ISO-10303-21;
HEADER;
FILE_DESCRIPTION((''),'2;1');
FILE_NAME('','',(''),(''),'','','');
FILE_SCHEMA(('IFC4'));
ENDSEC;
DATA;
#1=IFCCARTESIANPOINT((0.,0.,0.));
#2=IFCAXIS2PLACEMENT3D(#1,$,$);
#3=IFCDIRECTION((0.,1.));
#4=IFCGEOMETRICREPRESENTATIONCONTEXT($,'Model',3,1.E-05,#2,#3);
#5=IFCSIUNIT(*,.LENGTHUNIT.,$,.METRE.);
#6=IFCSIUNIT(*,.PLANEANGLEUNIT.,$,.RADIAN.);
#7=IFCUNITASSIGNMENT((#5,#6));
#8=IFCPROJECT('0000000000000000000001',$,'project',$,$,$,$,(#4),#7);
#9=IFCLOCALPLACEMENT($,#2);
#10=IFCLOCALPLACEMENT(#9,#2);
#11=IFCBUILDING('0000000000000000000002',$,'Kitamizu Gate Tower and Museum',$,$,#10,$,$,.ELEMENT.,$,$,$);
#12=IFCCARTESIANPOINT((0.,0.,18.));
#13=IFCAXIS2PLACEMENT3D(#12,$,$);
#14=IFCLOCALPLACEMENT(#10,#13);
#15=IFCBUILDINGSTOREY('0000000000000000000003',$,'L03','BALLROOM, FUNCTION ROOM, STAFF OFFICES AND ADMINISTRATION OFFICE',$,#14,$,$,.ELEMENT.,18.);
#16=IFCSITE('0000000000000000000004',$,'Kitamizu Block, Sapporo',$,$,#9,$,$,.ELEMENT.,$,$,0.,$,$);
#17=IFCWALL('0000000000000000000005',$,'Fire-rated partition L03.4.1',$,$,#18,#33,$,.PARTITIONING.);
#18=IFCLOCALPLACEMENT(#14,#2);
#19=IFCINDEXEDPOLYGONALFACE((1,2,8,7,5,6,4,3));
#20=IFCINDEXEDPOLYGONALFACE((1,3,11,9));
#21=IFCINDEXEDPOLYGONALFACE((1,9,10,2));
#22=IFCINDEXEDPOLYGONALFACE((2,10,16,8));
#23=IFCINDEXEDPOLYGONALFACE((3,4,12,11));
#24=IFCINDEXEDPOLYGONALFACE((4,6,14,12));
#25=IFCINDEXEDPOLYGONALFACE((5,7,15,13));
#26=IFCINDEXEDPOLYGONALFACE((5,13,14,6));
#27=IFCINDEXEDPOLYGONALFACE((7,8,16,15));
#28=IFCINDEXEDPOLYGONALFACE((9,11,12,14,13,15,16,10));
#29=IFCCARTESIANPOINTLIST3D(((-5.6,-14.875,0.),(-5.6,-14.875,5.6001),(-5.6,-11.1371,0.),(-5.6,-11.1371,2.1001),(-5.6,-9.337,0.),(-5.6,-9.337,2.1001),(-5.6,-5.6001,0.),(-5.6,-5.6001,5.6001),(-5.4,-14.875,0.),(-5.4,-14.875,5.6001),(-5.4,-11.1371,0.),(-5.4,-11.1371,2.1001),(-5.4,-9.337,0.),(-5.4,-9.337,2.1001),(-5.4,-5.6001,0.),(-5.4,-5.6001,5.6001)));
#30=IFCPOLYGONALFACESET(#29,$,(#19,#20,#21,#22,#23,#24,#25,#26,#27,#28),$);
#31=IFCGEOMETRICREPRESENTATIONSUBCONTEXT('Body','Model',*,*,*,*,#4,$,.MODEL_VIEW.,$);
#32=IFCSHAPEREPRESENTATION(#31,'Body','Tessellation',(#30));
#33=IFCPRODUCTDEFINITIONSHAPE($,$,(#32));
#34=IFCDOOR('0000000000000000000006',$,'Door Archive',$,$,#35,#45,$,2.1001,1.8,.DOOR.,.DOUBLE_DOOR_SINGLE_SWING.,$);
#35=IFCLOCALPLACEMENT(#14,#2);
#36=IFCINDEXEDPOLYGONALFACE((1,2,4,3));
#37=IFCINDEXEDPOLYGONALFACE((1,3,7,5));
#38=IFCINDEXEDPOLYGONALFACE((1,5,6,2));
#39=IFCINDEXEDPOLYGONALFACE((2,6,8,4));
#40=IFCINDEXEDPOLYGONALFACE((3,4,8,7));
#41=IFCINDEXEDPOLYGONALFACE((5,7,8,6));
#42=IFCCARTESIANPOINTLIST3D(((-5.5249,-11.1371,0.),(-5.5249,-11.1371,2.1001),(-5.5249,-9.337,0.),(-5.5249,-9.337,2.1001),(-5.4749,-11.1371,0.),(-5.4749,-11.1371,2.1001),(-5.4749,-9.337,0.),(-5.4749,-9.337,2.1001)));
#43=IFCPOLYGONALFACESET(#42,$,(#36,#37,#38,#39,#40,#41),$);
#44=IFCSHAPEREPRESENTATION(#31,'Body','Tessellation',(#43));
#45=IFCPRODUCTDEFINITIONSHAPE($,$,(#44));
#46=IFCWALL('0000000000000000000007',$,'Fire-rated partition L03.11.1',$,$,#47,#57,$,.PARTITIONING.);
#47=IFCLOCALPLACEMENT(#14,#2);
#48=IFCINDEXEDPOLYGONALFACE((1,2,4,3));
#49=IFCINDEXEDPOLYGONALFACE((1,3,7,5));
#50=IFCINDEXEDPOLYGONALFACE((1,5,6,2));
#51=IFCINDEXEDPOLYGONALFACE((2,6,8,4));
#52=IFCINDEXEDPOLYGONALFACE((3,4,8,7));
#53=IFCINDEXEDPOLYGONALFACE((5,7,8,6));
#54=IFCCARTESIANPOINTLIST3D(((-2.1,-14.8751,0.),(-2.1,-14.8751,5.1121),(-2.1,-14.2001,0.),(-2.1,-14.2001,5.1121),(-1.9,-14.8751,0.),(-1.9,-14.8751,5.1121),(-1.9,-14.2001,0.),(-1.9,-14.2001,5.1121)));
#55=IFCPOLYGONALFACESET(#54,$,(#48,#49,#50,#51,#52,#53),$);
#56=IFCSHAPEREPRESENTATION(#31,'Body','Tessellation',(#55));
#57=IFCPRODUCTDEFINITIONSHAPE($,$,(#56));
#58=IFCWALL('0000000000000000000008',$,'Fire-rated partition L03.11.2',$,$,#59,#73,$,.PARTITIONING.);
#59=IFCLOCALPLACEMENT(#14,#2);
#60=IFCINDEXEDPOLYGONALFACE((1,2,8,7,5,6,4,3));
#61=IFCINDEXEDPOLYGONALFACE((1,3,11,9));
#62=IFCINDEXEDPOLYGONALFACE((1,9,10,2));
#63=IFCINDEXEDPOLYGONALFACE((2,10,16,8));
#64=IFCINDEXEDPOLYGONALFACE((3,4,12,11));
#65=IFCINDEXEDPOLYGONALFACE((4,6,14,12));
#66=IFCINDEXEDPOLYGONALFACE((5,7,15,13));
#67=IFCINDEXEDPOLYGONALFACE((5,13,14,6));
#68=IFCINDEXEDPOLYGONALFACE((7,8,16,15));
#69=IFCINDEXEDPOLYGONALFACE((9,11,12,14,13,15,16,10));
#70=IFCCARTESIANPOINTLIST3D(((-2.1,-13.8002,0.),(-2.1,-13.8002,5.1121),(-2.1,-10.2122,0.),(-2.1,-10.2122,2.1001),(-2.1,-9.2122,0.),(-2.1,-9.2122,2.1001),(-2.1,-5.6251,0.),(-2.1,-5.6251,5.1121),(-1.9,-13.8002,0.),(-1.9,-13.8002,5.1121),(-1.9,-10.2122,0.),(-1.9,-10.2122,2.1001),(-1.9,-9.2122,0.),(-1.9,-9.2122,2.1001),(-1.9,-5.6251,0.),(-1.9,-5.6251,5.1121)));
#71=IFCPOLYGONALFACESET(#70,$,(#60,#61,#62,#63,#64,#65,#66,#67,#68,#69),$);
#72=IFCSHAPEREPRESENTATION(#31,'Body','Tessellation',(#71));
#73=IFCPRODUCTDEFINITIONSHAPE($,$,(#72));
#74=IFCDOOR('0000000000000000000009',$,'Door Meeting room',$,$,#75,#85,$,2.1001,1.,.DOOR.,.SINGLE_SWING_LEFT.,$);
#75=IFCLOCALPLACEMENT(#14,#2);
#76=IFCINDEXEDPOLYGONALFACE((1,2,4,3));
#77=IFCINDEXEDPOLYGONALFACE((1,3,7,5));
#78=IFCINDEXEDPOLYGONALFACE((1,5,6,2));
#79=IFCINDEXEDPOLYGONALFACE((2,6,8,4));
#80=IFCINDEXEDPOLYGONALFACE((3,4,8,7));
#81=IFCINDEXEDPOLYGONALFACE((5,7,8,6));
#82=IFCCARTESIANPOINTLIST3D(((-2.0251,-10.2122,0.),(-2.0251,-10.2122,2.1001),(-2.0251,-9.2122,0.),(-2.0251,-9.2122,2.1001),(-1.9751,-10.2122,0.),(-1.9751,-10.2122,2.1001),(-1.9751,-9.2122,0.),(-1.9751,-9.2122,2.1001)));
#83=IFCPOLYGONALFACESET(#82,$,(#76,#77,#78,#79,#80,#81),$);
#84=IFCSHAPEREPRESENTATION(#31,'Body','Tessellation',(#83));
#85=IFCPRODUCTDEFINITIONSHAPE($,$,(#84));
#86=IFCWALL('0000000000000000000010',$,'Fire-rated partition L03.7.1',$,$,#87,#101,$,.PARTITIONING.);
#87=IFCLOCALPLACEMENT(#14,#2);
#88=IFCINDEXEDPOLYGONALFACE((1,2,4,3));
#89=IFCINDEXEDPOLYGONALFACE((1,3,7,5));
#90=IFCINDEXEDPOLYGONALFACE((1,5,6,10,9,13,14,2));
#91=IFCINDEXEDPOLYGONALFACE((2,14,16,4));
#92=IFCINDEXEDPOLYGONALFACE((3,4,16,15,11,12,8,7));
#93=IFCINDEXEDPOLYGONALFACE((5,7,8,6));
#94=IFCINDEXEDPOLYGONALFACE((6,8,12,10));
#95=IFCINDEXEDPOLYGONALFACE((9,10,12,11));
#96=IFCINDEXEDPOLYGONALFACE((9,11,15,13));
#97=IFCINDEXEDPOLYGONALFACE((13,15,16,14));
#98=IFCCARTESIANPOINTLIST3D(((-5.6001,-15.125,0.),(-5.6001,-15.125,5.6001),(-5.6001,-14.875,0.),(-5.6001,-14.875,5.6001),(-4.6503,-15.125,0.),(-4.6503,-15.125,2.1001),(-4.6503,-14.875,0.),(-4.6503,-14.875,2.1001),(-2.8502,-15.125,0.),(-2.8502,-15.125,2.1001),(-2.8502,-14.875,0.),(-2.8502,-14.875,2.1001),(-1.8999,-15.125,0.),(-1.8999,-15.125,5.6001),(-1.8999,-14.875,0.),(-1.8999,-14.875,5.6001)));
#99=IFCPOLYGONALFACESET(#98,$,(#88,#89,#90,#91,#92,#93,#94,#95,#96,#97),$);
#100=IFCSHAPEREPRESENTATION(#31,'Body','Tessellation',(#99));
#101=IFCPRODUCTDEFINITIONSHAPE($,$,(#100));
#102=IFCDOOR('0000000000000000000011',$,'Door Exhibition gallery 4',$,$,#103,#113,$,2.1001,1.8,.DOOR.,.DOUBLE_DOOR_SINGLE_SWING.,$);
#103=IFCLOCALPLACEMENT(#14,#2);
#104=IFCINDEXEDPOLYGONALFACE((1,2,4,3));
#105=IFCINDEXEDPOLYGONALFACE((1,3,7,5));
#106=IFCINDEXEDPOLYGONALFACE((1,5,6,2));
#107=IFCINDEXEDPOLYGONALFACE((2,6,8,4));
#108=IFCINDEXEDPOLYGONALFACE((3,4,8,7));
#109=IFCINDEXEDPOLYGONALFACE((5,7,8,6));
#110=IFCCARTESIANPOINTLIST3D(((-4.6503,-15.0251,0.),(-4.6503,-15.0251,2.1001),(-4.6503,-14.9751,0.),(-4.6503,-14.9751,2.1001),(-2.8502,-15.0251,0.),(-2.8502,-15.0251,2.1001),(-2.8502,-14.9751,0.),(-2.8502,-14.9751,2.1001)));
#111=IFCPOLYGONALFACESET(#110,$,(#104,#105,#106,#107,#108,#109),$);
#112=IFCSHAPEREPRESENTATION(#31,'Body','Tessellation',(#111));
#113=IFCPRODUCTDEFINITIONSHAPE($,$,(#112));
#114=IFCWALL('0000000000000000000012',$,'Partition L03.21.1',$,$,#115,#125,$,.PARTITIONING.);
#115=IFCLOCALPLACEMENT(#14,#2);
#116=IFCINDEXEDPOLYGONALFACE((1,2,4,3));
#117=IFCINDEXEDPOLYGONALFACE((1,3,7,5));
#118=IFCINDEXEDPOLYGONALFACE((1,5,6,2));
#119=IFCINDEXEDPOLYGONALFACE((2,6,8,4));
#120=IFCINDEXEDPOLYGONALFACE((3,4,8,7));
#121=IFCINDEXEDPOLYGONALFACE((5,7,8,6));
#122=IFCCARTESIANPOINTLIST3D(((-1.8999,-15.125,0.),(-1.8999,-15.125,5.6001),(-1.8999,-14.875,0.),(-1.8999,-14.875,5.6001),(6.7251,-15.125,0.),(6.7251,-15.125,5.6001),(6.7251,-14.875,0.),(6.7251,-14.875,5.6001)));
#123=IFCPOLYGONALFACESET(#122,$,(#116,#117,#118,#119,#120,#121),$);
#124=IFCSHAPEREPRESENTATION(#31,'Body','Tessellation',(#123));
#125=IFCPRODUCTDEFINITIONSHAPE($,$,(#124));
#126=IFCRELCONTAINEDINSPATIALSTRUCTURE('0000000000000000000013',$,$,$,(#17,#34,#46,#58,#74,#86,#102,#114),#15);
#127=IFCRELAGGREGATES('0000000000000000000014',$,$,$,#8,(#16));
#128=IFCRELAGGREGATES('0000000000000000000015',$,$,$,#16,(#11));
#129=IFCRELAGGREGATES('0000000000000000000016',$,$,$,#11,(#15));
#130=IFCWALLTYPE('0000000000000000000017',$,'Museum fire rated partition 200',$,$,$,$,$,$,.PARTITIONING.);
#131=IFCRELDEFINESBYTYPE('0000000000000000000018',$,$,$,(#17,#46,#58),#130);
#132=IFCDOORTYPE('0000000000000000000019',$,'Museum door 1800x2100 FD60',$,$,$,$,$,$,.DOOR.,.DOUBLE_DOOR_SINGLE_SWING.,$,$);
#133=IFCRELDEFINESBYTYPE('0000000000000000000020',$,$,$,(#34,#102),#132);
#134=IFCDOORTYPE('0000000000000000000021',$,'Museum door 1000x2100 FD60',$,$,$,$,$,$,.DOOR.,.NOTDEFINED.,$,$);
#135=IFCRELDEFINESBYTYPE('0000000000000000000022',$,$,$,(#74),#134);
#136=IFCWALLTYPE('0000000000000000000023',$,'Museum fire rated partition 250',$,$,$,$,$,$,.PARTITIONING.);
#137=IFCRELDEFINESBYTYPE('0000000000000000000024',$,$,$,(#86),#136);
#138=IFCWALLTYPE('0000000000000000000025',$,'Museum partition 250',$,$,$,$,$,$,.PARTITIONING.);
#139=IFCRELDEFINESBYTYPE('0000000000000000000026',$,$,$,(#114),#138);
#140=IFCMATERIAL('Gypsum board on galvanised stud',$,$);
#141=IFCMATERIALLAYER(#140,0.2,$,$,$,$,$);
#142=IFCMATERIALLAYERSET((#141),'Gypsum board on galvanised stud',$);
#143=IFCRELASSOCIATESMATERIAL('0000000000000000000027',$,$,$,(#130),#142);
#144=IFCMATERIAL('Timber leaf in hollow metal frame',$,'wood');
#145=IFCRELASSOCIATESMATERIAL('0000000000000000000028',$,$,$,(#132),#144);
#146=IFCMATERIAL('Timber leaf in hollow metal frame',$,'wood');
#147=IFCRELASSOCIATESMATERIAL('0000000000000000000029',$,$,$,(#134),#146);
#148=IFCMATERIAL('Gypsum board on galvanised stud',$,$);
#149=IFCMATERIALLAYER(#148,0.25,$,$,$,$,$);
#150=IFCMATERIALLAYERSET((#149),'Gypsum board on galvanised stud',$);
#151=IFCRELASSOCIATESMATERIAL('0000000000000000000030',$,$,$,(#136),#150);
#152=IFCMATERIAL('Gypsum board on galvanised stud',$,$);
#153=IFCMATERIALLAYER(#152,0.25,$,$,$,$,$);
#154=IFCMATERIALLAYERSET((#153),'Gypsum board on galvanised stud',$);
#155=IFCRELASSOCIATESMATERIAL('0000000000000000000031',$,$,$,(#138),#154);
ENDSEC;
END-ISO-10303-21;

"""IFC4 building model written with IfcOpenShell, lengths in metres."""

from ifc_helpers import new_model, si_unit, direction, frame, frame_2d, origin, place, context, subcontext, project, spatial, rectangle, extrude, material, layer, layer_set, type_object, element, fill, save


model = new_model("IFC4")

# Units and contexts
model_context = context("Model", 3, precision=1e-05, world=origin(), true_north=direction((0.0, 1.0)))
body_context = subcontext(model_context, "Body", "Model", "MODEL_VIEW")
ifc_project = project(units=[si_unit("LENGTHUNIT", "METRE"), si_unit("PLANEANGLEUNIT", "RADIAN")], contexts=[model_context])

# Site, building, storey
site_placement = place(None, origin())
site = spatial("IfcSite", under=ifc_project, at=site_placement, Name="Kitamizu Block, Sapporo", CompositionType="ELEMENT", RefElevation=0.0)
building_placement = place(site_placement, origin())
building = spatial("IfcBuilding", under=site, at=building_placement, Name="Kitamizu Gate Tower and Museum", CompositionType="ELEMENT")
storey_placement = place(building_placement, frame((0.0, 0.0, 18.0)))
storey = spatial("IfcBuildingStorey", under=building, at=storey_placement, Name="L03", Description="BALLROOM, FUNCTION ROOM, STAFF OFFICES AND ADMINISTRATION OFFICE", CompositionType="ELEMENT", Elevation=18.0)

# Wall, opening, door
ifc_material_1 = material(Name="Gypsum board on galvanised stud")
ifc_layer_1 = layer(ifc_material_1, 0.2)
ifc_layer_set_1 = layer_set([ifc_layer_1], Name="Gypsum board on galvanised stud")
wall_type_1 = type_object("IfcWallType", Name="Museum fire rated partition 200", PredefinedType="PARTITIONING", material=ifc_layer_set_1)
wall_1_placement = place(storey_placement, frame((-5.5, -14.875, 0.0), z_axis=(0.0, 0.0, 1.0), x_axis=(0.0, 1.0, 0.0)))
wall_1 = element("IfcWall", 1, at=wall_1_placement, inside=storey, type_object=wall_type_1, Name="Fire-rated partition L03.4.1", PredefinedType="PARTITIONING", context=body_context, shape_type="SweptSolid", body=[
    extrude(rectangle(XDim=9.2749, YDim=0.2, at=frame_2d((4.6375, 0.0))), origin(), (0.0, 0.0, 1.0), 5.6001),
])
opening_1_placement = place(wall_1_placement, frame((3.738, 0.0, 0.0)))
opening_1 = element("IfcOpeningElement", 2, at=opening_1_placement, cuts=wall_1, PredefinedType="OPENING", context=body_context, shape_type="SweptSolid", body=[
    extrude(rectangle(XDim=1.8, YDim=2.1001, at=frame_2d((0.8999, 1.05))), frame((0.0, 0.1099, 0.0), z_axis=(0.0, -1.0, 0.0), x_axis=(1.0, 0.0, 0.0)), (0.0, 0.0, 1.0), 0.22),
])
ifc_material_2 = material(Name="Timber leaf in hollow metal frame", Category="wood")
door_type_1 = type_object("IfcDoorType", Name="Museum door 1800x2100 FD60", OperationType="DOUBLE_DOOR_SINGLE_SWING", PredefinedType="DOOR", material=ifc_material_2)
door_1_placement = place(opening_1_placement, origin())
door_1 = element("IfcDoor", 3, at=door_1_placement, inside=storey, type_object=door_type_1, Name="Door Archive", OperationType="DOUBLE_DOOR_SINGLE_SWING", OverallHeight=2.1001, OverallWidth=1.8, PredefinedType="DOOR", context=body_context, shape_type="SweptSolid", body=[
    extrude(rectangle(XDim=1.8, YDim=2.1001, at=frame_2d((0.8999, 1.05))), frame((0.0, 0.0249, 0.0), z_axis=(0.0, -1.0, 0.0), x_axis=(1.0, 0.0, 0.0)), (0.0, 0.0, 1.0), 0.05),
])
fill(opening_1, door_1)

# Wall
wall_2_placement = place(storey_placement, frame((-2.0, -14.875, 0.0), z_axis=(0.0, 0.0, 1.0), x_axis=(0.0, 1.0, 0.0)))
element("IfcWall", 4, at=wall_2_placement, inside=storey, type_object=wall_type_1, Name="Fire-rated partition L03.11.1", PredefinedType="PARTITIONING", context=body_context, shape_type="SweptSolid", body=[
    extrude(rectangle(XDim=0.675, YDim=0.2, at=frame_2d((0.3374, 0.0))), origin(), (0.0, 0.0, 1.0), 5.1121),
])

# Walls, openings, doors
wall_3_placement = place(storey_placement, frame((-2.0, -13.8, 0.0), z_axis=(0.0, 0.0, 1.0), x_axis=(0.0, 1.0, 0.0)))
wall_3 = element("IfcWall", 5, at=wall_3_placement, inside=storey, type_object=wall_type_1, Name="Fire-rated partition L03.11.2", PredefinedType="PARTITIONING", context=body_context, shape_type="SweptSolid", body=[
    extrude(rectangle(XDim=8.175, YDim=0.2, at=frame_2d((4.0874, 0.0))), origin(), (0.0, 0.0, 1.0), 5.1121),
])
opening_2_placement = place(wall_3_placement, frame((3.5879, 0.0, 0.0)))
opening_2 = element("IfcOpeningElement", 6, at=opening_2_placement, cuts=wall_3, PredefinedType="OPENING", context=body_context, shape_type="SweptSolid", body=[
    extrude(rectangle(XDim=1.0, YDim=2.1001, at=frame_2d((0.5, 1.05))), frame((0.0, 0.1099, 0.0), z_axis=(0.0, -1.0, 0.0), x_axis=(1.0, 0.0, 0.0)), (0.0, 0.0, 1.0), 0.22),
])
ifc_material_3 = material(Name="Timber leaf in hollow metal frame", Category="wood")
door_type_2 = type_object("IfcDoorType", Name="Museum door 1000x2100 FD60", OperationType="NOTDEFINED", PredefinedType="DOOR", material=ifc_material_3)
door_2_placement = place(opening_2_placement, frame((1.0, 0.0, 0.0), x_axis=(-1.0, 0.0, 0.0)))
door_2 = element("IfcDoor", 7, at=door_2_placement, inside=storey, type_object=door_type_2, Name="Door Meeting room", OperationType="SINGLE_SWING_LEFT", OverallHeight=2.1001, OverallWidth=1.0, PredefinedType="DOOR", context=body_context, shape_type="SweptSolid", body=[
    extrude(rectangle(XDim=1.0, YDim=2.1001, at=frame_2d((0.5, 1.05))), frame((0.0, 0.0249, 0.0), z_axis=(0.0, -1.0, 0.0), x_axis=(1.0, 0.0, 0.0)), (0.0, 0.0, 1.0), 0.05),
])
fill(opening_2, door_2)
ifc_material_4 = material(Name="Gypsum board on galvanised stud")
ifc_layer_2 = layer(ifc_material_4, 0.25)
ifc_layer_set_2 = layer_set([ifc_layer_2], Name="Gypsum board on galvanised stud")
wall_type_2 = type_object("IfcWallType", Name="Museum fire rated partition 250", PredefinedType="PARTITIONING", material=ifc_layer_set_2)
wall_4_placement = place(storey_placement, frame((-5.6001, -15.0, 0.0), z_axis=(0.0, 0.0, 1.0), x_axis=(1.0, 0.0, 0.0)))
wall_4 = element("IfcWall", 8, at=wall_4_placement, inside=storey, type_object=wall_type_2, Name="Fire-rated partition L03.7.1", PredefinedType="PARTITIONING", context=body_context, shape_type="SweptSolid", body=[
    extrude(rectangle(XDim=3.7002, YDim=0.25, at=frame_2d((1.8501, 0.0))), origin(), (0.0, 0.0, 1.0), 5.6001),
])
opening_3_placement = place(wall_4_placement, frame((0.95, 0.0, 0.0)))
opening_3 = element("IfcOpeningElement", 9, at=opening_3_placement, cuts=wall_4, PredefinedType="OPENING", context=body_context, shape_type="SweptSolid", body=[
    extrude(rectangle(XDim=1.8, YDim=2.1001, at=frame_2d((0.8999, 1.05))), frame((0.0, 0.135, 0.0), z_axis=(0.0, -1.0, 0.0), x_axis=(1.0, 0.0, 0.0)), (0.0, 0.0, 1.0), 0.27),
])
door_3_placement = place(opening_3_placement, origin())
door_3 = element("IfcDoor", 10, at=door_3_placement, inside=storey, type_object=door_type_1, Name="Door Exhibition gallery 4", OperationType="DOUBLE_DOOR_SINGLE_SWING", OverallHeight=2.1001, OverallWidth=1.8, PredefinedType="DOOR", context=body_context, shape_type="SweptSolid", body=[
    extrude(rectangle(XDim=1.8, YDim=2.1001, at=frame_2d((0.8999, 1.05))), frame((0.0, 0.0249, 0.0), z_axis=(0.0, -1.0, 0.0), x_axis=(1.0, 0.0, 0.0)), (0.0, 0.0, 1.0), 0.05),
])
fill(opening_3, door_3)

# Wall
ifc_material_5 = material(Name="Gypsum board on galvanised stud")
ifc_layer_3 = layer(ifc_material_5, 0.25)
ifc_layer_set_3 = layer_set([ifc_layer_3], Name="Gypsum board on galvanised stud")
wall_type_3 = type_object("IfcWallType", Name="Museum partition 250", PredefinedType="PARTITIONING", material=ifc_layer_set_3)
wall_5_placement = place(storey_placement, frame((-1.8999, -15.0, 0.0), z_axis=(0.0, 0.0, 1.0), x_axis=(1.0, 0.0, 0.0)))
element("IfcWall", 11, at=wall_5_placement, inside=storey, type_object=wall_type_3, Name="Partition L03.21.1", PredefinedType="PARTITIONING", context=body_context, shape_type="SweptSolid", body=[
    extrude(rectangle(XDim=8.625, YDim=0.25, at=frame_2d((4.3125, 0.0))), origin(), (0.0, 0.0, 1.0), 5.6001),
])

save(model, "model.ifc")
